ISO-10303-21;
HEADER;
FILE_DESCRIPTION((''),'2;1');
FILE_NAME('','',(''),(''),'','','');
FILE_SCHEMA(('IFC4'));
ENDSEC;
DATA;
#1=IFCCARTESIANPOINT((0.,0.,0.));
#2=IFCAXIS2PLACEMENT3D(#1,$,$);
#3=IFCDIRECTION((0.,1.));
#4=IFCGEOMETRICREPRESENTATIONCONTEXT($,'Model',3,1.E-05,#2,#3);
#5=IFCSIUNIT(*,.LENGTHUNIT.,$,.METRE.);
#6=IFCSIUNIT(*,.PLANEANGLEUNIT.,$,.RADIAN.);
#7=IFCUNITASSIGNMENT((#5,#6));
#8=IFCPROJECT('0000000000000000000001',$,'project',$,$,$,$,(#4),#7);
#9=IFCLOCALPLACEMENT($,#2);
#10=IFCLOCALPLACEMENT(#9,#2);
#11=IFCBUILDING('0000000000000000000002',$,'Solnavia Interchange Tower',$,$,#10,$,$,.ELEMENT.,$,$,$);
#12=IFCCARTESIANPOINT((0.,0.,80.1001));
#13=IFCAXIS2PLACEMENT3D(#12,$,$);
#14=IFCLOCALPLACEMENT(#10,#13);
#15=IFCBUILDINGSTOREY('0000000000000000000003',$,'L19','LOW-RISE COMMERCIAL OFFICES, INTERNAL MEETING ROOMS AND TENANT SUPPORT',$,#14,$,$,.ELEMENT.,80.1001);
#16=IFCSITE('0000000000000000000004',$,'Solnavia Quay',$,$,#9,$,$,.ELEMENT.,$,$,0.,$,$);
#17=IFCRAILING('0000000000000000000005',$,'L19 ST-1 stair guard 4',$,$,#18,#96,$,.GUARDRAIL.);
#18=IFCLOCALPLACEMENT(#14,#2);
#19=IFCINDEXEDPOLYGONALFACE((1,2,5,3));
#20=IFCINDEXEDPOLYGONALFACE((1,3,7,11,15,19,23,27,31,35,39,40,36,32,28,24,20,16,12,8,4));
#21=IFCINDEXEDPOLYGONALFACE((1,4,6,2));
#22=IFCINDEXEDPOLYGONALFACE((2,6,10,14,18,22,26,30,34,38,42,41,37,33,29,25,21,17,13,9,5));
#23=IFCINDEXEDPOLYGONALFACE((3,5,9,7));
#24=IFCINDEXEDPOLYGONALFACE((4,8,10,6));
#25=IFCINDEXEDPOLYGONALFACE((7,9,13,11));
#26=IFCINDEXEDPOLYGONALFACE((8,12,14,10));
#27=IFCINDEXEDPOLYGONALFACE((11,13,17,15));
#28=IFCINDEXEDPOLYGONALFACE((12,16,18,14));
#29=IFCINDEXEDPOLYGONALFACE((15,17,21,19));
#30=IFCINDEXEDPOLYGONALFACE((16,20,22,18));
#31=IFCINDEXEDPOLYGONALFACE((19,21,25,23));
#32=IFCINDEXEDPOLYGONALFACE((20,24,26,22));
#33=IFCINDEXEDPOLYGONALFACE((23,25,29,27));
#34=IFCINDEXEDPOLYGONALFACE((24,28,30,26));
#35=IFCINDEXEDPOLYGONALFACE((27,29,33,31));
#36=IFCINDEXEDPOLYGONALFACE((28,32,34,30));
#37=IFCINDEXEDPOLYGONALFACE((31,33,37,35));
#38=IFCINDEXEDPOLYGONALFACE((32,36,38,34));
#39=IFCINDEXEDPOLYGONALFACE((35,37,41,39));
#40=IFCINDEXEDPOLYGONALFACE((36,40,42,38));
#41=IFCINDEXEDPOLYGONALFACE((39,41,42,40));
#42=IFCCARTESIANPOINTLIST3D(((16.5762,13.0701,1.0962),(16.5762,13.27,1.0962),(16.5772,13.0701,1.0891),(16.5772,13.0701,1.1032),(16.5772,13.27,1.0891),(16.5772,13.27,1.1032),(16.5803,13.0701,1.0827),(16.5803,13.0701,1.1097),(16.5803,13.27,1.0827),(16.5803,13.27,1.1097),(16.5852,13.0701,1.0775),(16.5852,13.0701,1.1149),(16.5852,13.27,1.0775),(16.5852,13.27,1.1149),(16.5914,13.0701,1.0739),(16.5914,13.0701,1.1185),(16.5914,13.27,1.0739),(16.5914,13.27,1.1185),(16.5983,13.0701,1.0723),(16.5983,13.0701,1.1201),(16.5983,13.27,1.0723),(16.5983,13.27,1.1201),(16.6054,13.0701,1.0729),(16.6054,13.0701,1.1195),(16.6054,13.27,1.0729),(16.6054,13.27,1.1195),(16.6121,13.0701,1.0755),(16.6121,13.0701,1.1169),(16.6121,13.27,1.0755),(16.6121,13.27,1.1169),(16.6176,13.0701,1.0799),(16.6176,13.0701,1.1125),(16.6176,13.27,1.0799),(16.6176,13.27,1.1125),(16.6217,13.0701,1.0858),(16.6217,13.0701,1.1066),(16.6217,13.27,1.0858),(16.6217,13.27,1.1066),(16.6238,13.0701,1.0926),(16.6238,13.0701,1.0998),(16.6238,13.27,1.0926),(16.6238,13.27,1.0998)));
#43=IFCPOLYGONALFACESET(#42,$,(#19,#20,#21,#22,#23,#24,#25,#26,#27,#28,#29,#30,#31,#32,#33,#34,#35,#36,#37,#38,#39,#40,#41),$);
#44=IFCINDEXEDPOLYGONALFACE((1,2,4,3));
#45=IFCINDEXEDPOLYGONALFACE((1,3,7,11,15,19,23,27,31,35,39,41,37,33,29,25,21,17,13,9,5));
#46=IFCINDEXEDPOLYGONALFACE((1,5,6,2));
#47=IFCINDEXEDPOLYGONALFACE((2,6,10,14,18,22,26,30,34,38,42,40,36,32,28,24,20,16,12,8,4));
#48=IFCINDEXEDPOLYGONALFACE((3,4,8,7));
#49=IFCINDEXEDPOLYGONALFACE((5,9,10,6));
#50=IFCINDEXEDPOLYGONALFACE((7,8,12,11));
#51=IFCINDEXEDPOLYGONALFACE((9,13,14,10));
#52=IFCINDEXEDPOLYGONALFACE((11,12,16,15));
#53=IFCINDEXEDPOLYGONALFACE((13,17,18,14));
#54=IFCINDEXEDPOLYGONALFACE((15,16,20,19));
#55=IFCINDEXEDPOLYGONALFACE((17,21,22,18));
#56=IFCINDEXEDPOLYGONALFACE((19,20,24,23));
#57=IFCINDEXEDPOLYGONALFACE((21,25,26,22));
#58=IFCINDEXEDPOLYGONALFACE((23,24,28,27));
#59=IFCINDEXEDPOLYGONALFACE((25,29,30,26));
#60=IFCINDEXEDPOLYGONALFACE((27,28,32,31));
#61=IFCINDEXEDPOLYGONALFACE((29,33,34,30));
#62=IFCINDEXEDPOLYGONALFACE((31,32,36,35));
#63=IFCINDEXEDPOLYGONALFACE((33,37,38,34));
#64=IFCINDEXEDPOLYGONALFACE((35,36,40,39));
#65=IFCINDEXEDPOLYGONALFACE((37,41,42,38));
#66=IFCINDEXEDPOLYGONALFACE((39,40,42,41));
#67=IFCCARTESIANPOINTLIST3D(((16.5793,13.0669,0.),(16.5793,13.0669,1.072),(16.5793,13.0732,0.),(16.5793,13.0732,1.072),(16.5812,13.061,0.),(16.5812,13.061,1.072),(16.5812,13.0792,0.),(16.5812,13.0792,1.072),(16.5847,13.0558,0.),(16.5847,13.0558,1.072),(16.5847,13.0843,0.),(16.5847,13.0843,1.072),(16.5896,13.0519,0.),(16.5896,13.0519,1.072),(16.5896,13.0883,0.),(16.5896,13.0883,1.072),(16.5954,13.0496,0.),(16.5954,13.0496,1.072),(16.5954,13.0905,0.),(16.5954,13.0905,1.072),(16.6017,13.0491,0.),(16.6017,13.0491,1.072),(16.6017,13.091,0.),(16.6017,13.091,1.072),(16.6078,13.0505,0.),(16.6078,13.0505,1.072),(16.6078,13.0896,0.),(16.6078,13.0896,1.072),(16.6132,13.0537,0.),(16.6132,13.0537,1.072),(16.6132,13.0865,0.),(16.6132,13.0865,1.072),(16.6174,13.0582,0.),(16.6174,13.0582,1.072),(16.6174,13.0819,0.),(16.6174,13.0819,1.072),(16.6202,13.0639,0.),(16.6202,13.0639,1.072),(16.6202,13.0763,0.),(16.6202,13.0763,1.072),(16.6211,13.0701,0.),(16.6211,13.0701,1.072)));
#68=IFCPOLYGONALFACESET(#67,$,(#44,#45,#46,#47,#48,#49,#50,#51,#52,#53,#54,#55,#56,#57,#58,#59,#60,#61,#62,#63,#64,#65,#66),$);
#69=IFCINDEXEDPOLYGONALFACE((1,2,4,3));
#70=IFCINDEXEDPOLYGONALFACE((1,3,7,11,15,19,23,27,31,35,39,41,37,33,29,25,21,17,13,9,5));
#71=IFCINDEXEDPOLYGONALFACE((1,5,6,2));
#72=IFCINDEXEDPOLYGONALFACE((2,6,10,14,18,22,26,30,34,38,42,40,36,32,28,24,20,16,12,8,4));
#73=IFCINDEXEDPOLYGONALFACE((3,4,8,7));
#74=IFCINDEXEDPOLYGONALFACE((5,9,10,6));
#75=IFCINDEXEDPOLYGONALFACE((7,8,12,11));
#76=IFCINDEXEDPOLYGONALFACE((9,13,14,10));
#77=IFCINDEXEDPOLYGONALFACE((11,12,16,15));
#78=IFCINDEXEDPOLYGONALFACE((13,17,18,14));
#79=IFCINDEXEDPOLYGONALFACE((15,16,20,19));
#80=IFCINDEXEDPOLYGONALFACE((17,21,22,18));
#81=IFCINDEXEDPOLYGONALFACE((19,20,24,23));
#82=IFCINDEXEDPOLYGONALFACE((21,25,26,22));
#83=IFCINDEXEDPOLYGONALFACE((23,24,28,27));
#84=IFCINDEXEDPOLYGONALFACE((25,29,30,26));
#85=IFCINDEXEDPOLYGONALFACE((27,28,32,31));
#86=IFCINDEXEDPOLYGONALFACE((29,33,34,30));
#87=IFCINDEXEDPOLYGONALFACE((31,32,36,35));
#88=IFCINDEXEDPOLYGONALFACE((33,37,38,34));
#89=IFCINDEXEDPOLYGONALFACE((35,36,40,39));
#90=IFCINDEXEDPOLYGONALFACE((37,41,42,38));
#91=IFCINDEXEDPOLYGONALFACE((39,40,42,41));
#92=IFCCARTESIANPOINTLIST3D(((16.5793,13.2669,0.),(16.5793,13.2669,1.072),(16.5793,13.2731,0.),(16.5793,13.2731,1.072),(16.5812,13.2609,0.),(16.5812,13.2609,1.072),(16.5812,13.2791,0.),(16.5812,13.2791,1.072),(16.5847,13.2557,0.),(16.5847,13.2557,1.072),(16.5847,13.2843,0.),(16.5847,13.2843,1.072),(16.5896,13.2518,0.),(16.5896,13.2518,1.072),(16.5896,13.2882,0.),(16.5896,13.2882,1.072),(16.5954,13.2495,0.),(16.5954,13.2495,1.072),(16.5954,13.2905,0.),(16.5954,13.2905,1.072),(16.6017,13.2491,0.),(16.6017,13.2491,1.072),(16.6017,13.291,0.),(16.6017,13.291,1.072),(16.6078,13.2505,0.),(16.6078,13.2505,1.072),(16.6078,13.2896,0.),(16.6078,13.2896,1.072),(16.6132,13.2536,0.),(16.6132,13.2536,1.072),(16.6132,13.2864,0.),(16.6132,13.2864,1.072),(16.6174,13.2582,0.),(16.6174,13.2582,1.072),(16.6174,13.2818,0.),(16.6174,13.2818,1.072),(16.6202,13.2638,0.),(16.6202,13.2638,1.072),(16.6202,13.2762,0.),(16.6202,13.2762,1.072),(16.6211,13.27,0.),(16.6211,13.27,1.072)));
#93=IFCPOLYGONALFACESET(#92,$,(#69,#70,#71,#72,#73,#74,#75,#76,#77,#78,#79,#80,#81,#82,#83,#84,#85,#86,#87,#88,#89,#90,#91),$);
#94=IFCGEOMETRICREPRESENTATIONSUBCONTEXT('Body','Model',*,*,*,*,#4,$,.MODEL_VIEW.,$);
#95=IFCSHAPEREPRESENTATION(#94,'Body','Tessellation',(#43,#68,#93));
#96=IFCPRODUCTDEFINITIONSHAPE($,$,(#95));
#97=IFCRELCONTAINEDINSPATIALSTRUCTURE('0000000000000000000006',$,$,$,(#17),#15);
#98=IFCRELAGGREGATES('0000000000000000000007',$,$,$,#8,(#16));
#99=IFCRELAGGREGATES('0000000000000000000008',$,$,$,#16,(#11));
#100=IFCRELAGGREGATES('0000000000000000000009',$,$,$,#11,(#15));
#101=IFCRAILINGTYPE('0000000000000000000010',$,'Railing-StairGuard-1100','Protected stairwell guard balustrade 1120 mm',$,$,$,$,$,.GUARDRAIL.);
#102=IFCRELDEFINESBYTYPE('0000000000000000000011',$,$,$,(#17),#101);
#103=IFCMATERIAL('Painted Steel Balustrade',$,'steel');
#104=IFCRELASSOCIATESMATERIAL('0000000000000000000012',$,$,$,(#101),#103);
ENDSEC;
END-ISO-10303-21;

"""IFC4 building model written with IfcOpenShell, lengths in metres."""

from ifc_helpers import new_model, si_unit, direction, frame, origin, origin_2d, place, context, subcontext, project, spatial, circle, extrude, material, type_object, element, save


model = new_model("IFC4")

# Units and contexts
model_context = context("Model", 3, precision=1e-05, world=origin(), true_north=direction((0.0, 1.0)))
body_context = subcontext(model_context, "Body", "Model", "MODEL_VIEW")
ifc_project = project(units=[si_unit("LENGTHUNIT", "METRE"), si_unit("PLANEANGLEUNIT", "RADIAN")], contexts=[model_context])

# Site, building, storey
site_placement = place(None, origin())
site = spatial("IfcSite", under=ifc_project, at=site_placement, Name="Solnavia Quay", CompositionType="ELEMENT", RefElevation=0.0)
building_placement = place(site_placement, origin())
building = spatial("IfcBuilding", under=site, at=building_placement, Name="Solnavia Interchange Tower", CompositionType="ELEMENT")
storey_placement = place(building_placement, frame((0.0, 0.0, 80.1001)))
storey = spatial("IfcBuildingStorey", under=building, at=storey_placement, Name="L19", Description="LOW-RISE COMMERCIAL OFFICES, INTERNAL MEETING ROOMS AND TENANT SUPPORT", CompositionType="ELEMENT", Elevation=80.1001)

# Railing
ifc_material_1 = material(Name="Painted Steel Balustrade", Category="steel")
railing_type_1 = type_object("IfcRailingType", Name="Railing-StairGuard-1100", Description="Protected stairwell guard balustrade 1120 mm", PredefinedType="GUARDRAIL", material=ifc_material_1)
railing_1_placement = place(storey_placement, frame((16.6001, 13.0701, 0.0)))
element("IfcRailing", 1, at=railing_1_placement, inside=storey, type_object=railing_type_1, Name="L19 ST-1 stair guard 4", PredefinedType="GUARDRAIL", context=body_context, shape_type="SweptSolid", body=[
    extrude(circle(Radius=0.0239, at=origin_2d()), frame((0.0, 0.0, 1.0962), z_axis=(0.0, 1.0, 0.0), x_axis=(-1.0, 0.0, 0.0)), (0.0, 0.0, 1.0), 0.2),
    extrude(circle(Radius=0.021, at=origin_2d()), origin(), (0.0, 0.0, 1.0), 1.072),
    extrude(circle(Radius=0.021, at=origin_2d()), frame((0.0, 0.2, 0.0)), (0.0, 0.0, 1.0), 1.072),
])

save(model, "model.ifc")
